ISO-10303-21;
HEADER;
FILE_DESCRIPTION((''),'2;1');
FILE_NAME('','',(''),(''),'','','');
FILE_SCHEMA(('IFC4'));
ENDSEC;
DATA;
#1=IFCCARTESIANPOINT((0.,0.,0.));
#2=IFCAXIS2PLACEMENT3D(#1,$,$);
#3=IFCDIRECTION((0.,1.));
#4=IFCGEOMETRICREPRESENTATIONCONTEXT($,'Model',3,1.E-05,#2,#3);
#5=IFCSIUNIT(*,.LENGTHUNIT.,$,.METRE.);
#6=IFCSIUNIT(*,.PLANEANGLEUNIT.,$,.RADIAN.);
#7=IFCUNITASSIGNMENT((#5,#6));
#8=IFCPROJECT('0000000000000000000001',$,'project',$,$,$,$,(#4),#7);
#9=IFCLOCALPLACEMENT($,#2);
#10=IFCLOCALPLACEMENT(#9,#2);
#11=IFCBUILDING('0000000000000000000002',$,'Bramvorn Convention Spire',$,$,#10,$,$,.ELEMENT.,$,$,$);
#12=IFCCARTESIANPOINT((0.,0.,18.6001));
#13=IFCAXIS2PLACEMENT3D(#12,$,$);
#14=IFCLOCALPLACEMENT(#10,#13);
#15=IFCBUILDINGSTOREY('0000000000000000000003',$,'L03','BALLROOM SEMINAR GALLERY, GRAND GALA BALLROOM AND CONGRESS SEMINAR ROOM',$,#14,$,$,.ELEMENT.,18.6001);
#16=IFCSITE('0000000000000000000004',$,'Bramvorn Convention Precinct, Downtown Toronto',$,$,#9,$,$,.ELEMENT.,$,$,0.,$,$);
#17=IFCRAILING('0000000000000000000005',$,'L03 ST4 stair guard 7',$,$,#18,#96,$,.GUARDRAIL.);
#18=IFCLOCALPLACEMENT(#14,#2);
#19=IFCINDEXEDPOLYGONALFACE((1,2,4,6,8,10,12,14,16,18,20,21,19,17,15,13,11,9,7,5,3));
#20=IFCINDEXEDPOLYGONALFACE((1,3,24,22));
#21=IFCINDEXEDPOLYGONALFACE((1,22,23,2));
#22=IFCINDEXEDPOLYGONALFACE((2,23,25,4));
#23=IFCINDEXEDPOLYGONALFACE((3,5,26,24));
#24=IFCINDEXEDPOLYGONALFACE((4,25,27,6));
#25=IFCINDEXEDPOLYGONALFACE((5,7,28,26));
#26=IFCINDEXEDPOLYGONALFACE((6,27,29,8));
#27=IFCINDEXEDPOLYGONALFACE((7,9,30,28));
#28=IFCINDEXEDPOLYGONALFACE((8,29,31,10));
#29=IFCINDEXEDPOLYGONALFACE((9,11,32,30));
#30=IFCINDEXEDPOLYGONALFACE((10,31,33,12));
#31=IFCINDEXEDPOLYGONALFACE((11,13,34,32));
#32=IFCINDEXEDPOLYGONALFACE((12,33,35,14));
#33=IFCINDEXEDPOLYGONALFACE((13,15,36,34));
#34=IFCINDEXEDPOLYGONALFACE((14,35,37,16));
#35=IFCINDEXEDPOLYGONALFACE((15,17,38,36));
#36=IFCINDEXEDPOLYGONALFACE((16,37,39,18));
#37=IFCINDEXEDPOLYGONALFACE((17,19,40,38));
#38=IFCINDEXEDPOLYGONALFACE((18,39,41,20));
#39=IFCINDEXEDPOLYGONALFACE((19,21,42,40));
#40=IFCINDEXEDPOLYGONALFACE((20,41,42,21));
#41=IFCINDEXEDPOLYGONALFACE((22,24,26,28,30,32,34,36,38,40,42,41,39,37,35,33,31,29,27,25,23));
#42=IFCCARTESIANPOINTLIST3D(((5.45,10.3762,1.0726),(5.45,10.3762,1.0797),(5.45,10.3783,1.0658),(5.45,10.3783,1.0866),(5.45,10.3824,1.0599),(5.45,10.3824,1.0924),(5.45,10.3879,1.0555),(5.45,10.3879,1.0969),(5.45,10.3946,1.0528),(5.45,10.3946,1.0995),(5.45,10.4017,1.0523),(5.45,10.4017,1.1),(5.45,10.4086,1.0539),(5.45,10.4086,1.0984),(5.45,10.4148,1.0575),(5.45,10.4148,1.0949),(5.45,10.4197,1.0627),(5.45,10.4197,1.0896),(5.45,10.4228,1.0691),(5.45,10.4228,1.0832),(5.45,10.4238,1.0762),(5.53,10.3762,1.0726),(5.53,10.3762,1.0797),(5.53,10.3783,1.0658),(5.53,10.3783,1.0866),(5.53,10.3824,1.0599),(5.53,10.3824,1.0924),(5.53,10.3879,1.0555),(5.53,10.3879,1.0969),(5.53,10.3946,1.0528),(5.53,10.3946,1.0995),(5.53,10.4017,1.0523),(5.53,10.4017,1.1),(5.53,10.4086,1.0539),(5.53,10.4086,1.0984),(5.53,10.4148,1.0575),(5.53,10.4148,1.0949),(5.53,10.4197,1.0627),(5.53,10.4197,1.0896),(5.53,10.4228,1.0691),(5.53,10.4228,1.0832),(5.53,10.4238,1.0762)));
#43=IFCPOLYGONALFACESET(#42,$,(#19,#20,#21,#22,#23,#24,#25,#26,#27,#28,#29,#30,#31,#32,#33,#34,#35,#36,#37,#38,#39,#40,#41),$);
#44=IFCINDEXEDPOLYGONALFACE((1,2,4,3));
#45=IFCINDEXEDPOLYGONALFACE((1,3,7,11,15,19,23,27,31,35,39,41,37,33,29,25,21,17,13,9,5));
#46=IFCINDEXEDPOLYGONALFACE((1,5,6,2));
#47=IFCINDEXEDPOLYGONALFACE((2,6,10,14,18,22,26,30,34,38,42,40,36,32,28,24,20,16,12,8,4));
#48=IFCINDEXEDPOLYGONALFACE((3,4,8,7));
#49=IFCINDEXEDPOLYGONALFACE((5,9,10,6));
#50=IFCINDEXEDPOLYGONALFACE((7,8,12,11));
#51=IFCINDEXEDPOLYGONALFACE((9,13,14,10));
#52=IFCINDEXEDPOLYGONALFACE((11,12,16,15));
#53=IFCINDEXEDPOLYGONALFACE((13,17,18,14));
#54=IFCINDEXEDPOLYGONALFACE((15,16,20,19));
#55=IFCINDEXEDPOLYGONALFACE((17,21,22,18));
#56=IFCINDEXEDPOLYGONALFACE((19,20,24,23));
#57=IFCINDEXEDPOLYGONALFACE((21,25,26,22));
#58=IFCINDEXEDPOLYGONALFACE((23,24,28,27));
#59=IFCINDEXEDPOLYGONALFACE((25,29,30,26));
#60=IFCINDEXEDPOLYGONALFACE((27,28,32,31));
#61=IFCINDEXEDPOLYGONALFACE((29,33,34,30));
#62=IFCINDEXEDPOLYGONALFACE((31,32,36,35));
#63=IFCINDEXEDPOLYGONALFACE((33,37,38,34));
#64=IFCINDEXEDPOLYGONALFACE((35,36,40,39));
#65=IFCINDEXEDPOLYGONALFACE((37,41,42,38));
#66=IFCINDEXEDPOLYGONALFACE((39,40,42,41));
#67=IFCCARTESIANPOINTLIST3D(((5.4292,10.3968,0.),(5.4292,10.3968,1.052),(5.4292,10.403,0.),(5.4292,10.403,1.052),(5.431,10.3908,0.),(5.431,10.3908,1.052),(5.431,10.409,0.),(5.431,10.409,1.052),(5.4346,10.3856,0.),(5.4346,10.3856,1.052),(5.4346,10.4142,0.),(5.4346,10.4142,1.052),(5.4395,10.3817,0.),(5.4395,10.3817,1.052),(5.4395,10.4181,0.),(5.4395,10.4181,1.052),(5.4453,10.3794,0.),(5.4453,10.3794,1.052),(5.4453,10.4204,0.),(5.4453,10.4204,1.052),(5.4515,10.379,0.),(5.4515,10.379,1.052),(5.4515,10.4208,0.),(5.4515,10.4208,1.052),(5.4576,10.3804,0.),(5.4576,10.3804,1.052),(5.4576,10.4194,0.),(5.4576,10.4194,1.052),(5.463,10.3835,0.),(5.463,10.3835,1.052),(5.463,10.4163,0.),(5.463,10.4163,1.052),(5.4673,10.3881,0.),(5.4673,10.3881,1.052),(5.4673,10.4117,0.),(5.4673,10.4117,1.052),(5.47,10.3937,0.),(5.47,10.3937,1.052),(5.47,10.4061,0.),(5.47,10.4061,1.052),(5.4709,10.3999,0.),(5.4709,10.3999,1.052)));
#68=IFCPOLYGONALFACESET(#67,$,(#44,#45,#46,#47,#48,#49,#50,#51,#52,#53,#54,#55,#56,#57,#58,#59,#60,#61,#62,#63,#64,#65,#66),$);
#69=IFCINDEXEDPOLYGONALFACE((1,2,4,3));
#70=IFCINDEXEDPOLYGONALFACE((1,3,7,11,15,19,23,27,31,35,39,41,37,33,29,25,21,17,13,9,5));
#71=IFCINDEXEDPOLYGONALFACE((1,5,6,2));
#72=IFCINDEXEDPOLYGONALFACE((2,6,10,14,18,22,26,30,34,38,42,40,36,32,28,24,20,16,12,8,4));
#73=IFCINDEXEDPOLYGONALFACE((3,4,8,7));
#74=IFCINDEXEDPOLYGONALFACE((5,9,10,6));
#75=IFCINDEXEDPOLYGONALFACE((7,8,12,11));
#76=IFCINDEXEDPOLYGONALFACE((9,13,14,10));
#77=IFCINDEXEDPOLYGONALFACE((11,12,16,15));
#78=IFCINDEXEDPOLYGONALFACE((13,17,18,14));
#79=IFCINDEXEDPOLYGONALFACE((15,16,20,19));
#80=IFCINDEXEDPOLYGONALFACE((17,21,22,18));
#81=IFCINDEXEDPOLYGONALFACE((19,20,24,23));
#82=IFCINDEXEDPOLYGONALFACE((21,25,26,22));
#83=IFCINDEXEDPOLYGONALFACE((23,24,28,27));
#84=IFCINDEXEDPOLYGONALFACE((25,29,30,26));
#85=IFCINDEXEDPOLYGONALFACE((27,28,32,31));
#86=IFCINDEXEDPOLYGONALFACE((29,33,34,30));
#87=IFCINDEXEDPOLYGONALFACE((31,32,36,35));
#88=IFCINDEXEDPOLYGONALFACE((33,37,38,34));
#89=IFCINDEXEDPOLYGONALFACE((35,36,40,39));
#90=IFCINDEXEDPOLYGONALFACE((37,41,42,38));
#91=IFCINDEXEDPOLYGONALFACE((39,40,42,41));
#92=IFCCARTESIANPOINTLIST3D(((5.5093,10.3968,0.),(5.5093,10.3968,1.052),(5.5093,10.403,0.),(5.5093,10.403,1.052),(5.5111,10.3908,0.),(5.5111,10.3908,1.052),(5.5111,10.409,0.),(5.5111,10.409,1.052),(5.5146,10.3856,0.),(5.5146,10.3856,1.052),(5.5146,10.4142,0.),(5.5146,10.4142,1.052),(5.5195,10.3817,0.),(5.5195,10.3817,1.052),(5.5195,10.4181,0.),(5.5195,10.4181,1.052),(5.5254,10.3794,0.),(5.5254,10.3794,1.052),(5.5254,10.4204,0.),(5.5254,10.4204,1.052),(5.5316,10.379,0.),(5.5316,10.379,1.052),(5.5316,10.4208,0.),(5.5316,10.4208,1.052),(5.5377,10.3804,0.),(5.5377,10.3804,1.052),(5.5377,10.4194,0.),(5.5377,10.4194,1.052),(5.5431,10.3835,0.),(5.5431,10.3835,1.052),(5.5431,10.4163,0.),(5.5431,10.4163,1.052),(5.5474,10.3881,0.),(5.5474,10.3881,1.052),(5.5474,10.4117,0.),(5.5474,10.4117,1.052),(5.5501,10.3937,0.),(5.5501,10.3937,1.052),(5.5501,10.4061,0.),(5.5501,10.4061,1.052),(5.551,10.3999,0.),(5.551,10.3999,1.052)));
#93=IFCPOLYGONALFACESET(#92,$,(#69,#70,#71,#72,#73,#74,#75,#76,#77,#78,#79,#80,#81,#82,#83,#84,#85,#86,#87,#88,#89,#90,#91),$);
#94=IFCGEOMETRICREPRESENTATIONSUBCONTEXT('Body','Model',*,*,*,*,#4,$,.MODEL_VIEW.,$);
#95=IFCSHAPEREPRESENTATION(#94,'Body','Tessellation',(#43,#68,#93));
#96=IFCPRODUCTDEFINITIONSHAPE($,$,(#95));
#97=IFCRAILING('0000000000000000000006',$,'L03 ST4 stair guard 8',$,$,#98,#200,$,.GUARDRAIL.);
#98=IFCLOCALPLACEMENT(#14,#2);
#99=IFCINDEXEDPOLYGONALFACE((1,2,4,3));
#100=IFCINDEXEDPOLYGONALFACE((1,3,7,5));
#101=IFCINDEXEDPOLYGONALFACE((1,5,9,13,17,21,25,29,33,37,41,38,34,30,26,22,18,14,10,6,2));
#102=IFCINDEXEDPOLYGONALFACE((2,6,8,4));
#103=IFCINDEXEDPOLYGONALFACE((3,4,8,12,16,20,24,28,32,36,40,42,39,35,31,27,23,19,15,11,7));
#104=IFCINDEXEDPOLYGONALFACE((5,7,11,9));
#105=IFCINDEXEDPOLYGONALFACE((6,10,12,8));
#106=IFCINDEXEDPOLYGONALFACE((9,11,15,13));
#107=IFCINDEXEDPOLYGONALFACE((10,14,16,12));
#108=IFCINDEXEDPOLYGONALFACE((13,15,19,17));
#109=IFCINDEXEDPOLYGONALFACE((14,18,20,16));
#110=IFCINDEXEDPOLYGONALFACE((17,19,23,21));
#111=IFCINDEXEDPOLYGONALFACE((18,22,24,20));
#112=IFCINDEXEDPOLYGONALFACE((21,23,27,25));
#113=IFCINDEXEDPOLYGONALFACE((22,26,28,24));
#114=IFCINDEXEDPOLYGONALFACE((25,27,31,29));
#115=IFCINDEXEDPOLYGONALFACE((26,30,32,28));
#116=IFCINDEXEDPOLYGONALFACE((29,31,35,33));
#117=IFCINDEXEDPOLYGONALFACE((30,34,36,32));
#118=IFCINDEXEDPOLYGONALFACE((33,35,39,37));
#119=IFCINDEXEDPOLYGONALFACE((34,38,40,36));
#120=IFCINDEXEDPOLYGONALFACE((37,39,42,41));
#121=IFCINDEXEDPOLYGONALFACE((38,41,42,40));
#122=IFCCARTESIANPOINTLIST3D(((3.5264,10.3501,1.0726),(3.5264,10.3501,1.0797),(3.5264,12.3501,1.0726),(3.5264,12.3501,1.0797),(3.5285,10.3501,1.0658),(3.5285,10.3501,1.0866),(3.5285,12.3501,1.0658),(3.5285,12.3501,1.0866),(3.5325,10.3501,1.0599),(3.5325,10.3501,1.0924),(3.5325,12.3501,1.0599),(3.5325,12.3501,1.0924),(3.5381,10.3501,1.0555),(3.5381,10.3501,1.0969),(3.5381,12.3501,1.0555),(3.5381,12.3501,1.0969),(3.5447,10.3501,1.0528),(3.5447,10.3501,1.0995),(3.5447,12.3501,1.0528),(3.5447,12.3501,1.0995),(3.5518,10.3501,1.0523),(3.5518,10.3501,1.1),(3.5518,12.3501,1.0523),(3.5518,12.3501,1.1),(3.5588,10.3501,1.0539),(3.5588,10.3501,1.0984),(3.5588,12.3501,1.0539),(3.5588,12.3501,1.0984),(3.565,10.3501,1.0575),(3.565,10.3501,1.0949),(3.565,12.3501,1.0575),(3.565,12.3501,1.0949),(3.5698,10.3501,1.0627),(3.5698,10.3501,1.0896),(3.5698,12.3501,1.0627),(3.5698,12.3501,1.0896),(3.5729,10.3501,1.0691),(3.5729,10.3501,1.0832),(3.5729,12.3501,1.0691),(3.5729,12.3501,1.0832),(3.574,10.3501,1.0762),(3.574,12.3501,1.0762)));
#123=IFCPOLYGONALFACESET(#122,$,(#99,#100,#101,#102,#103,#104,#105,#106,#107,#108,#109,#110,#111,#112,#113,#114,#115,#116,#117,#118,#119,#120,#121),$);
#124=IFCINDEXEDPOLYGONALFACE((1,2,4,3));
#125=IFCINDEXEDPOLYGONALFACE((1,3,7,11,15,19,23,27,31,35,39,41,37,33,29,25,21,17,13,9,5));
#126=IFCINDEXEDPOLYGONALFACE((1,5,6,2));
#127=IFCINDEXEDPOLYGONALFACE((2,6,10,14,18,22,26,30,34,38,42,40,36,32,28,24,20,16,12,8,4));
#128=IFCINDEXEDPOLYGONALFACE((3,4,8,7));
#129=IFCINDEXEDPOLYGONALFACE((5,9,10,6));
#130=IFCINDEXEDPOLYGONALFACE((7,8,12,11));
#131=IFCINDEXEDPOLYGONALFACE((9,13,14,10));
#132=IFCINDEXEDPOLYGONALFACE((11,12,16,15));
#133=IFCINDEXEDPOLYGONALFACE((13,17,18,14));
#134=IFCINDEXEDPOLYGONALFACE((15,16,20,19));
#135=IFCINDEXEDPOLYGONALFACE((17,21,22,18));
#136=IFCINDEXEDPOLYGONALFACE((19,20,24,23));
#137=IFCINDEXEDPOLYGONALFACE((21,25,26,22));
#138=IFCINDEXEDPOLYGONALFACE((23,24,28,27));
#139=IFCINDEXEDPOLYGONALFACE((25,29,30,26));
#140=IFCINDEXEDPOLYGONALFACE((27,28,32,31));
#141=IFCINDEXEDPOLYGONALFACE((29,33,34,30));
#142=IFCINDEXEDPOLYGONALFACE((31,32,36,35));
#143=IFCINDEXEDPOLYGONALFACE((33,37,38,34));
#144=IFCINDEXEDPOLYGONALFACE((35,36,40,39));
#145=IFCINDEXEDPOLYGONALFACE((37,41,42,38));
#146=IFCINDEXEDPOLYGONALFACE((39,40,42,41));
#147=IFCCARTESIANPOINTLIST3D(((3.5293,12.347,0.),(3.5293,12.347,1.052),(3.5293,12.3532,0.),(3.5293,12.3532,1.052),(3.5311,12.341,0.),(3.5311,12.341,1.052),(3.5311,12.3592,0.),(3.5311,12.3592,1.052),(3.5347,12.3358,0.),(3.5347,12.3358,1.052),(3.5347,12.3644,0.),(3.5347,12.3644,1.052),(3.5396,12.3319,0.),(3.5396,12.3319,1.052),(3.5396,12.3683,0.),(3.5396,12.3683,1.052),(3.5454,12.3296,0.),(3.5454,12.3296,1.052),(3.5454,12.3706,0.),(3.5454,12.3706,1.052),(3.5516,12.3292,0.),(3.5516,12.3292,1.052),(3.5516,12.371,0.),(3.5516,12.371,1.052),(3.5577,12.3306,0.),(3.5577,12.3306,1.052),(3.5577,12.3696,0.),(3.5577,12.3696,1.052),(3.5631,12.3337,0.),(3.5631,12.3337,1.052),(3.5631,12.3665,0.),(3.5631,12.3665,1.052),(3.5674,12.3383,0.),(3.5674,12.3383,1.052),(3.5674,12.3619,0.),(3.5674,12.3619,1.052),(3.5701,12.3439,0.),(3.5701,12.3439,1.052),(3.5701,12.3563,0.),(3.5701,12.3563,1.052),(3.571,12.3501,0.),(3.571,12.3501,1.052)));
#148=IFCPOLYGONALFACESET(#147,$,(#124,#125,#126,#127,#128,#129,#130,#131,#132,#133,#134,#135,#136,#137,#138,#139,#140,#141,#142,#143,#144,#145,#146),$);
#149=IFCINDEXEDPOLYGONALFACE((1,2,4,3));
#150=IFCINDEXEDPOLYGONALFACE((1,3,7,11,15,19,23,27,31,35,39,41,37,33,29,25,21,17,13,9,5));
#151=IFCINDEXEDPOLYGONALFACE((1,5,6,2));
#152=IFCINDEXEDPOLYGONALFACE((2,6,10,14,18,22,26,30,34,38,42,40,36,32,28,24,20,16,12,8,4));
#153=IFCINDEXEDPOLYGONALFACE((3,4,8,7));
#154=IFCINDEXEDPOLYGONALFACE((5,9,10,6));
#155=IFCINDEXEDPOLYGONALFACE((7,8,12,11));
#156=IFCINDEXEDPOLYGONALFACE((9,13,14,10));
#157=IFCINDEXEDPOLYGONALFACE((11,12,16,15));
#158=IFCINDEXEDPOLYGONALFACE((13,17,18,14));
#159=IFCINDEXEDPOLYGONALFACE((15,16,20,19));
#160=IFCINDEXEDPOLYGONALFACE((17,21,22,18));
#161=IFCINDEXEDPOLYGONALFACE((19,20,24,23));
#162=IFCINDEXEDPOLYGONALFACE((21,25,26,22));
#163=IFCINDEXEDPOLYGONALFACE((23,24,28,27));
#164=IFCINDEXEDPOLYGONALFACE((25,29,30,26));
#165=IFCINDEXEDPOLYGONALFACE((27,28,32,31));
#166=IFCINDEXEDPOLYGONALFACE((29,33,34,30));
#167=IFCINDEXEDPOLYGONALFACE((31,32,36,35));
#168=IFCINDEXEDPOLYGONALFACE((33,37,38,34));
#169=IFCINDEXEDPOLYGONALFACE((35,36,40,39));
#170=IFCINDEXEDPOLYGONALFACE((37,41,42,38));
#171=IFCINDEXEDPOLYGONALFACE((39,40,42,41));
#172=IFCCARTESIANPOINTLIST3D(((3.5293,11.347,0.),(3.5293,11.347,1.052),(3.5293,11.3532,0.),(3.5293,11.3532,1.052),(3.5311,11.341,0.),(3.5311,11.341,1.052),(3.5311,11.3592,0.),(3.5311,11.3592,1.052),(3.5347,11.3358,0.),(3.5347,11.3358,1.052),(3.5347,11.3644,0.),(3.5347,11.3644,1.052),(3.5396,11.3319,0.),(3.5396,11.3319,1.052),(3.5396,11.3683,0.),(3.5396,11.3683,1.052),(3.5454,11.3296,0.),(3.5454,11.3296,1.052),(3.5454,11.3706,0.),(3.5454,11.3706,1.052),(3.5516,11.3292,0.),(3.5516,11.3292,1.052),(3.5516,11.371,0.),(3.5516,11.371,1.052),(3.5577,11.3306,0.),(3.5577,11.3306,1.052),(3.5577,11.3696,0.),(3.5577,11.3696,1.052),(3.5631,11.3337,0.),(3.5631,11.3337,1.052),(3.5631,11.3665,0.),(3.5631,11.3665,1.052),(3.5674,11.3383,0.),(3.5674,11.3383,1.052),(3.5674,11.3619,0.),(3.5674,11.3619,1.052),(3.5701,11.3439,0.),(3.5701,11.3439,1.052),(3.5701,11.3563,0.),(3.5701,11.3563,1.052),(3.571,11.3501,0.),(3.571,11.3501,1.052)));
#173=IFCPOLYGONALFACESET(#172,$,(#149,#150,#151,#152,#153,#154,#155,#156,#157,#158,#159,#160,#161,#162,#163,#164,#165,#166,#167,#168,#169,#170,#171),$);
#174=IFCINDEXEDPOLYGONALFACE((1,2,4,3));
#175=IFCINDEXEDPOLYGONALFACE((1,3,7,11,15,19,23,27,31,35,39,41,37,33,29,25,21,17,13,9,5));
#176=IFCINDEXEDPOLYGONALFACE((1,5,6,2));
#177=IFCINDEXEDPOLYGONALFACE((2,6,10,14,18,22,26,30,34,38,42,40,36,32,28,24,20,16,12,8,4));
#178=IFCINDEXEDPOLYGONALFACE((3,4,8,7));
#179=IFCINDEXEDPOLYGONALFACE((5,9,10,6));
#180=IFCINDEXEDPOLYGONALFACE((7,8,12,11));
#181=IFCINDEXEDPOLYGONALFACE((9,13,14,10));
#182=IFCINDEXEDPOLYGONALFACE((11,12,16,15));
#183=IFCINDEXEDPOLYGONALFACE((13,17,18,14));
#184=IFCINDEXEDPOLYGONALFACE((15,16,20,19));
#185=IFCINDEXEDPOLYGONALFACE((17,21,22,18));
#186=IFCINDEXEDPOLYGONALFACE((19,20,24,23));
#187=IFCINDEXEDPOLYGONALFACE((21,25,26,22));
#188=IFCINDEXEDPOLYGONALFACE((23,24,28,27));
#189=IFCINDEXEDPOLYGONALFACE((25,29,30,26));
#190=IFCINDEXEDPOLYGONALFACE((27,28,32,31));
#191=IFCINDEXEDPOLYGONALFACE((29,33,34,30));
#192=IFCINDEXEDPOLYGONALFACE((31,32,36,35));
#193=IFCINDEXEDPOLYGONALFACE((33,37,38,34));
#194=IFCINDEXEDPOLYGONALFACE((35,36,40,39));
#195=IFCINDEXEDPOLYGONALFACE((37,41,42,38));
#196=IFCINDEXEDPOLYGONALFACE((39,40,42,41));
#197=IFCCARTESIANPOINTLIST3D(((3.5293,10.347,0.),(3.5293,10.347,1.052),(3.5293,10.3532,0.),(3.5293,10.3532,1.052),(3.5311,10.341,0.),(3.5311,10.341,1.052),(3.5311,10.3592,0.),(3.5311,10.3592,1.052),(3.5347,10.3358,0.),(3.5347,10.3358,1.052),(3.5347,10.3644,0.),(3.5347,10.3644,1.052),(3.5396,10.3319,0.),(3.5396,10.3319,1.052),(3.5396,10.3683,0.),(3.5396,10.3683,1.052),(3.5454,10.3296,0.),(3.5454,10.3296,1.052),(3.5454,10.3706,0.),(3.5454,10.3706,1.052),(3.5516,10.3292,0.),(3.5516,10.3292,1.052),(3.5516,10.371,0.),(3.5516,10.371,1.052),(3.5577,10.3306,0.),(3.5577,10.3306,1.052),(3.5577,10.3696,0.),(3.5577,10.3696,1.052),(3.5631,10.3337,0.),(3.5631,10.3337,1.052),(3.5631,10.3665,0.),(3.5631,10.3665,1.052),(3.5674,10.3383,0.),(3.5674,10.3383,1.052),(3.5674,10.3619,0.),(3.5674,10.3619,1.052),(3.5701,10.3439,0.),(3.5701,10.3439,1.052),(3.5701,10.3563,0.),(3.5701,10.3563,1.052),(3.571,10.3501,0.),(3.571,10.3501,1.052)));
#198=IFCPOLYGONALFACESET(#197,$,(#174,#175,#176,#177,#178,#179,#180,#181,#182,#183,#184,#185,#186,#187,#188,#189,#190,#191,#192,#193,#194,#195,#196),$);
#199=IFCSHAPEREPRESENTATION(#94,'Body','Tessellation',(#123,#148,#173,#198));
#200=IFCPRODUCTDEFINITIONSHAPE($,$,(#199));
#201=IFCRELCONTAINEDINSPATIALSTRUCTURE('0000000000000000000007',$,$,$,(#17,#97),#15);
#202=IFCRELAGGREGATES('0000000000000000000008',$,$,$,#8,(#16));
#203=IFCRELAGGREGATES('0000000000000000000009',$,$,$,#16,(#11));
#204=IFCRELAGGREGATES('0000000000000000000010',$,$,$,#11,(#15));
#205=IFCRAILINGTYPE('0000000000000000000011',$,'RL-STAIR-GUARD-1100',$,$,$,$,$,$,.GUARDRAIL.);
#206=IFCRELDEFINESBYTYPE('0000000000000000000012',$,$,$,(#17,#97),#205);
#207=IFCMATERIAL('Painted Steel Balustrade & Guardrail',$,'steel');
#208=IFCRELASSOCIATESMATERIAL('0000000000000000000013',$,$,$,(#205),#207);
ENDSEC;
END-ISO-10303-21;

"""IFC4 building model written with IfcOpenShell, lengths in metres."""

from ifc_helpers import new_model, si_unit, direction, frame, origin, origin_2d, place, context, subcontext, project, spatial, circle, extrude, material, type_object, element, save


model = new_model("IFC4")

# Units and contexts
model_context = context("Model", 3, precision=1e-05, world=origin(), true_north=direction((0.0, 1.0)))
body_context = subcontext(model_context, "Body", "Model", "MODEL_VIEW")
ifc_project = project(units=[si_unit("LENGTHUNIT", "METRE"), si_unit("PLANEANGLEUNIT", "RADIAN")], contexts=[model_context])

# Site, building, storey
site_placement = place(None, origin())
site = spatial("IfcSite", under=ifc_project, at=site_placement, Name="Bramvorn Convention Precinct, Downtown Toronto", CompositionType="ELEMENT", RefElevation=0.0)
building_placement = place(site_placement, origin())
building = spatial("IfcBuilding", under=site, at=building_placement, Name="Bramvorn Convention Spire", CompositionType="ELEMENT")
storey_placement = place(building_placement, frame((0.0, 0.0, 18.6001)))
storey = spatial("IfcBuildingStorey", under=building, at=storey_placement, Name="L03", Description="BALLROOM SEMINAR GALLERY, GRAND GALA BALLROOM AND CONGRESS SEMINAR ROOM", CompositionType="ELEMENT", Elevation=18.6001)

# Railings
ifc_material_1 = material(Name="Painted Steel Balustrade & Guardrail", Category="steel")
railing_type_1 = type_object("IfcRailingType", Name="RL-STAIR-GUARD-1100", PredefinedType="GUARDRAIL", material=ifc_material_1)
railing_1_placement = place(storey_placement, frame((5.45, 10.3999, 0.0)))
element("IfcRailing", 1, at=railing_1_placement, inside=storey, type_object=railing_type_1, Name="L03 ST4 stair guard 7", PredefinedType="GUARDRAIL", context=body_context, shape_type="SweptSolid", body=[
    extrude(circle(Radius=0.0239, at=origin_2d()), frame((0.0, 0.0, 1.0762), z_axis=(1.0, 0.0, 0.0), x_axis=(0.0, 1.0, 0.0)), (0.0, 0.0, 1.0), 0.0801),
    extrude(circle(Radius=0.021, at=origin_2d()), origin(), (0.0, 0.0, 1.0), 1.052),
    extrude(circle(Radius=0.021, at=origin_2d()), frame((0.0801, 0.0, 0.0)), (0.0, 0.0, 1.0), 1.052),
])
for number, where, name in (
    (2, (3.55, 12.3501, 0.0), "L03 ST4 stair guard 8"),
):
    element("IfcRailing", number, at=place(storey_placement, frame(where)), inside=storey, type_object=railing_type_1, Name=name, PredefinedType="GUARDRAIL", context=body_context, shape_type="SweptSolid", body=[
        extrude(circle(Radius=0.0239, at=origin_2d()), frame((0.0, 0.0, 1.0762), z_axis=(0.0, -1.0, 0.0), x_axis=(1.0, 0.0, 0.0)), (0.0, 0.0, 1.0), 2.0),
        extrude(circle(Radius=0.021, at=origin_2d()), origin(), (0.0, 0.0, 1.0), 1.052),
        extrude(circle(Radius=0.021, at=origin_2d()), frame((0.0, -1.0, 0.0)), (0.0, 0.0, 1.0), 1.052),
        extrude(circle(Radius=0.021, at=origin_2d()), frame((0.0, -2.0, 0.0)), (0.0, 0.0, 1.0), 1.052),
    ])

save(model, "model.ifc")
